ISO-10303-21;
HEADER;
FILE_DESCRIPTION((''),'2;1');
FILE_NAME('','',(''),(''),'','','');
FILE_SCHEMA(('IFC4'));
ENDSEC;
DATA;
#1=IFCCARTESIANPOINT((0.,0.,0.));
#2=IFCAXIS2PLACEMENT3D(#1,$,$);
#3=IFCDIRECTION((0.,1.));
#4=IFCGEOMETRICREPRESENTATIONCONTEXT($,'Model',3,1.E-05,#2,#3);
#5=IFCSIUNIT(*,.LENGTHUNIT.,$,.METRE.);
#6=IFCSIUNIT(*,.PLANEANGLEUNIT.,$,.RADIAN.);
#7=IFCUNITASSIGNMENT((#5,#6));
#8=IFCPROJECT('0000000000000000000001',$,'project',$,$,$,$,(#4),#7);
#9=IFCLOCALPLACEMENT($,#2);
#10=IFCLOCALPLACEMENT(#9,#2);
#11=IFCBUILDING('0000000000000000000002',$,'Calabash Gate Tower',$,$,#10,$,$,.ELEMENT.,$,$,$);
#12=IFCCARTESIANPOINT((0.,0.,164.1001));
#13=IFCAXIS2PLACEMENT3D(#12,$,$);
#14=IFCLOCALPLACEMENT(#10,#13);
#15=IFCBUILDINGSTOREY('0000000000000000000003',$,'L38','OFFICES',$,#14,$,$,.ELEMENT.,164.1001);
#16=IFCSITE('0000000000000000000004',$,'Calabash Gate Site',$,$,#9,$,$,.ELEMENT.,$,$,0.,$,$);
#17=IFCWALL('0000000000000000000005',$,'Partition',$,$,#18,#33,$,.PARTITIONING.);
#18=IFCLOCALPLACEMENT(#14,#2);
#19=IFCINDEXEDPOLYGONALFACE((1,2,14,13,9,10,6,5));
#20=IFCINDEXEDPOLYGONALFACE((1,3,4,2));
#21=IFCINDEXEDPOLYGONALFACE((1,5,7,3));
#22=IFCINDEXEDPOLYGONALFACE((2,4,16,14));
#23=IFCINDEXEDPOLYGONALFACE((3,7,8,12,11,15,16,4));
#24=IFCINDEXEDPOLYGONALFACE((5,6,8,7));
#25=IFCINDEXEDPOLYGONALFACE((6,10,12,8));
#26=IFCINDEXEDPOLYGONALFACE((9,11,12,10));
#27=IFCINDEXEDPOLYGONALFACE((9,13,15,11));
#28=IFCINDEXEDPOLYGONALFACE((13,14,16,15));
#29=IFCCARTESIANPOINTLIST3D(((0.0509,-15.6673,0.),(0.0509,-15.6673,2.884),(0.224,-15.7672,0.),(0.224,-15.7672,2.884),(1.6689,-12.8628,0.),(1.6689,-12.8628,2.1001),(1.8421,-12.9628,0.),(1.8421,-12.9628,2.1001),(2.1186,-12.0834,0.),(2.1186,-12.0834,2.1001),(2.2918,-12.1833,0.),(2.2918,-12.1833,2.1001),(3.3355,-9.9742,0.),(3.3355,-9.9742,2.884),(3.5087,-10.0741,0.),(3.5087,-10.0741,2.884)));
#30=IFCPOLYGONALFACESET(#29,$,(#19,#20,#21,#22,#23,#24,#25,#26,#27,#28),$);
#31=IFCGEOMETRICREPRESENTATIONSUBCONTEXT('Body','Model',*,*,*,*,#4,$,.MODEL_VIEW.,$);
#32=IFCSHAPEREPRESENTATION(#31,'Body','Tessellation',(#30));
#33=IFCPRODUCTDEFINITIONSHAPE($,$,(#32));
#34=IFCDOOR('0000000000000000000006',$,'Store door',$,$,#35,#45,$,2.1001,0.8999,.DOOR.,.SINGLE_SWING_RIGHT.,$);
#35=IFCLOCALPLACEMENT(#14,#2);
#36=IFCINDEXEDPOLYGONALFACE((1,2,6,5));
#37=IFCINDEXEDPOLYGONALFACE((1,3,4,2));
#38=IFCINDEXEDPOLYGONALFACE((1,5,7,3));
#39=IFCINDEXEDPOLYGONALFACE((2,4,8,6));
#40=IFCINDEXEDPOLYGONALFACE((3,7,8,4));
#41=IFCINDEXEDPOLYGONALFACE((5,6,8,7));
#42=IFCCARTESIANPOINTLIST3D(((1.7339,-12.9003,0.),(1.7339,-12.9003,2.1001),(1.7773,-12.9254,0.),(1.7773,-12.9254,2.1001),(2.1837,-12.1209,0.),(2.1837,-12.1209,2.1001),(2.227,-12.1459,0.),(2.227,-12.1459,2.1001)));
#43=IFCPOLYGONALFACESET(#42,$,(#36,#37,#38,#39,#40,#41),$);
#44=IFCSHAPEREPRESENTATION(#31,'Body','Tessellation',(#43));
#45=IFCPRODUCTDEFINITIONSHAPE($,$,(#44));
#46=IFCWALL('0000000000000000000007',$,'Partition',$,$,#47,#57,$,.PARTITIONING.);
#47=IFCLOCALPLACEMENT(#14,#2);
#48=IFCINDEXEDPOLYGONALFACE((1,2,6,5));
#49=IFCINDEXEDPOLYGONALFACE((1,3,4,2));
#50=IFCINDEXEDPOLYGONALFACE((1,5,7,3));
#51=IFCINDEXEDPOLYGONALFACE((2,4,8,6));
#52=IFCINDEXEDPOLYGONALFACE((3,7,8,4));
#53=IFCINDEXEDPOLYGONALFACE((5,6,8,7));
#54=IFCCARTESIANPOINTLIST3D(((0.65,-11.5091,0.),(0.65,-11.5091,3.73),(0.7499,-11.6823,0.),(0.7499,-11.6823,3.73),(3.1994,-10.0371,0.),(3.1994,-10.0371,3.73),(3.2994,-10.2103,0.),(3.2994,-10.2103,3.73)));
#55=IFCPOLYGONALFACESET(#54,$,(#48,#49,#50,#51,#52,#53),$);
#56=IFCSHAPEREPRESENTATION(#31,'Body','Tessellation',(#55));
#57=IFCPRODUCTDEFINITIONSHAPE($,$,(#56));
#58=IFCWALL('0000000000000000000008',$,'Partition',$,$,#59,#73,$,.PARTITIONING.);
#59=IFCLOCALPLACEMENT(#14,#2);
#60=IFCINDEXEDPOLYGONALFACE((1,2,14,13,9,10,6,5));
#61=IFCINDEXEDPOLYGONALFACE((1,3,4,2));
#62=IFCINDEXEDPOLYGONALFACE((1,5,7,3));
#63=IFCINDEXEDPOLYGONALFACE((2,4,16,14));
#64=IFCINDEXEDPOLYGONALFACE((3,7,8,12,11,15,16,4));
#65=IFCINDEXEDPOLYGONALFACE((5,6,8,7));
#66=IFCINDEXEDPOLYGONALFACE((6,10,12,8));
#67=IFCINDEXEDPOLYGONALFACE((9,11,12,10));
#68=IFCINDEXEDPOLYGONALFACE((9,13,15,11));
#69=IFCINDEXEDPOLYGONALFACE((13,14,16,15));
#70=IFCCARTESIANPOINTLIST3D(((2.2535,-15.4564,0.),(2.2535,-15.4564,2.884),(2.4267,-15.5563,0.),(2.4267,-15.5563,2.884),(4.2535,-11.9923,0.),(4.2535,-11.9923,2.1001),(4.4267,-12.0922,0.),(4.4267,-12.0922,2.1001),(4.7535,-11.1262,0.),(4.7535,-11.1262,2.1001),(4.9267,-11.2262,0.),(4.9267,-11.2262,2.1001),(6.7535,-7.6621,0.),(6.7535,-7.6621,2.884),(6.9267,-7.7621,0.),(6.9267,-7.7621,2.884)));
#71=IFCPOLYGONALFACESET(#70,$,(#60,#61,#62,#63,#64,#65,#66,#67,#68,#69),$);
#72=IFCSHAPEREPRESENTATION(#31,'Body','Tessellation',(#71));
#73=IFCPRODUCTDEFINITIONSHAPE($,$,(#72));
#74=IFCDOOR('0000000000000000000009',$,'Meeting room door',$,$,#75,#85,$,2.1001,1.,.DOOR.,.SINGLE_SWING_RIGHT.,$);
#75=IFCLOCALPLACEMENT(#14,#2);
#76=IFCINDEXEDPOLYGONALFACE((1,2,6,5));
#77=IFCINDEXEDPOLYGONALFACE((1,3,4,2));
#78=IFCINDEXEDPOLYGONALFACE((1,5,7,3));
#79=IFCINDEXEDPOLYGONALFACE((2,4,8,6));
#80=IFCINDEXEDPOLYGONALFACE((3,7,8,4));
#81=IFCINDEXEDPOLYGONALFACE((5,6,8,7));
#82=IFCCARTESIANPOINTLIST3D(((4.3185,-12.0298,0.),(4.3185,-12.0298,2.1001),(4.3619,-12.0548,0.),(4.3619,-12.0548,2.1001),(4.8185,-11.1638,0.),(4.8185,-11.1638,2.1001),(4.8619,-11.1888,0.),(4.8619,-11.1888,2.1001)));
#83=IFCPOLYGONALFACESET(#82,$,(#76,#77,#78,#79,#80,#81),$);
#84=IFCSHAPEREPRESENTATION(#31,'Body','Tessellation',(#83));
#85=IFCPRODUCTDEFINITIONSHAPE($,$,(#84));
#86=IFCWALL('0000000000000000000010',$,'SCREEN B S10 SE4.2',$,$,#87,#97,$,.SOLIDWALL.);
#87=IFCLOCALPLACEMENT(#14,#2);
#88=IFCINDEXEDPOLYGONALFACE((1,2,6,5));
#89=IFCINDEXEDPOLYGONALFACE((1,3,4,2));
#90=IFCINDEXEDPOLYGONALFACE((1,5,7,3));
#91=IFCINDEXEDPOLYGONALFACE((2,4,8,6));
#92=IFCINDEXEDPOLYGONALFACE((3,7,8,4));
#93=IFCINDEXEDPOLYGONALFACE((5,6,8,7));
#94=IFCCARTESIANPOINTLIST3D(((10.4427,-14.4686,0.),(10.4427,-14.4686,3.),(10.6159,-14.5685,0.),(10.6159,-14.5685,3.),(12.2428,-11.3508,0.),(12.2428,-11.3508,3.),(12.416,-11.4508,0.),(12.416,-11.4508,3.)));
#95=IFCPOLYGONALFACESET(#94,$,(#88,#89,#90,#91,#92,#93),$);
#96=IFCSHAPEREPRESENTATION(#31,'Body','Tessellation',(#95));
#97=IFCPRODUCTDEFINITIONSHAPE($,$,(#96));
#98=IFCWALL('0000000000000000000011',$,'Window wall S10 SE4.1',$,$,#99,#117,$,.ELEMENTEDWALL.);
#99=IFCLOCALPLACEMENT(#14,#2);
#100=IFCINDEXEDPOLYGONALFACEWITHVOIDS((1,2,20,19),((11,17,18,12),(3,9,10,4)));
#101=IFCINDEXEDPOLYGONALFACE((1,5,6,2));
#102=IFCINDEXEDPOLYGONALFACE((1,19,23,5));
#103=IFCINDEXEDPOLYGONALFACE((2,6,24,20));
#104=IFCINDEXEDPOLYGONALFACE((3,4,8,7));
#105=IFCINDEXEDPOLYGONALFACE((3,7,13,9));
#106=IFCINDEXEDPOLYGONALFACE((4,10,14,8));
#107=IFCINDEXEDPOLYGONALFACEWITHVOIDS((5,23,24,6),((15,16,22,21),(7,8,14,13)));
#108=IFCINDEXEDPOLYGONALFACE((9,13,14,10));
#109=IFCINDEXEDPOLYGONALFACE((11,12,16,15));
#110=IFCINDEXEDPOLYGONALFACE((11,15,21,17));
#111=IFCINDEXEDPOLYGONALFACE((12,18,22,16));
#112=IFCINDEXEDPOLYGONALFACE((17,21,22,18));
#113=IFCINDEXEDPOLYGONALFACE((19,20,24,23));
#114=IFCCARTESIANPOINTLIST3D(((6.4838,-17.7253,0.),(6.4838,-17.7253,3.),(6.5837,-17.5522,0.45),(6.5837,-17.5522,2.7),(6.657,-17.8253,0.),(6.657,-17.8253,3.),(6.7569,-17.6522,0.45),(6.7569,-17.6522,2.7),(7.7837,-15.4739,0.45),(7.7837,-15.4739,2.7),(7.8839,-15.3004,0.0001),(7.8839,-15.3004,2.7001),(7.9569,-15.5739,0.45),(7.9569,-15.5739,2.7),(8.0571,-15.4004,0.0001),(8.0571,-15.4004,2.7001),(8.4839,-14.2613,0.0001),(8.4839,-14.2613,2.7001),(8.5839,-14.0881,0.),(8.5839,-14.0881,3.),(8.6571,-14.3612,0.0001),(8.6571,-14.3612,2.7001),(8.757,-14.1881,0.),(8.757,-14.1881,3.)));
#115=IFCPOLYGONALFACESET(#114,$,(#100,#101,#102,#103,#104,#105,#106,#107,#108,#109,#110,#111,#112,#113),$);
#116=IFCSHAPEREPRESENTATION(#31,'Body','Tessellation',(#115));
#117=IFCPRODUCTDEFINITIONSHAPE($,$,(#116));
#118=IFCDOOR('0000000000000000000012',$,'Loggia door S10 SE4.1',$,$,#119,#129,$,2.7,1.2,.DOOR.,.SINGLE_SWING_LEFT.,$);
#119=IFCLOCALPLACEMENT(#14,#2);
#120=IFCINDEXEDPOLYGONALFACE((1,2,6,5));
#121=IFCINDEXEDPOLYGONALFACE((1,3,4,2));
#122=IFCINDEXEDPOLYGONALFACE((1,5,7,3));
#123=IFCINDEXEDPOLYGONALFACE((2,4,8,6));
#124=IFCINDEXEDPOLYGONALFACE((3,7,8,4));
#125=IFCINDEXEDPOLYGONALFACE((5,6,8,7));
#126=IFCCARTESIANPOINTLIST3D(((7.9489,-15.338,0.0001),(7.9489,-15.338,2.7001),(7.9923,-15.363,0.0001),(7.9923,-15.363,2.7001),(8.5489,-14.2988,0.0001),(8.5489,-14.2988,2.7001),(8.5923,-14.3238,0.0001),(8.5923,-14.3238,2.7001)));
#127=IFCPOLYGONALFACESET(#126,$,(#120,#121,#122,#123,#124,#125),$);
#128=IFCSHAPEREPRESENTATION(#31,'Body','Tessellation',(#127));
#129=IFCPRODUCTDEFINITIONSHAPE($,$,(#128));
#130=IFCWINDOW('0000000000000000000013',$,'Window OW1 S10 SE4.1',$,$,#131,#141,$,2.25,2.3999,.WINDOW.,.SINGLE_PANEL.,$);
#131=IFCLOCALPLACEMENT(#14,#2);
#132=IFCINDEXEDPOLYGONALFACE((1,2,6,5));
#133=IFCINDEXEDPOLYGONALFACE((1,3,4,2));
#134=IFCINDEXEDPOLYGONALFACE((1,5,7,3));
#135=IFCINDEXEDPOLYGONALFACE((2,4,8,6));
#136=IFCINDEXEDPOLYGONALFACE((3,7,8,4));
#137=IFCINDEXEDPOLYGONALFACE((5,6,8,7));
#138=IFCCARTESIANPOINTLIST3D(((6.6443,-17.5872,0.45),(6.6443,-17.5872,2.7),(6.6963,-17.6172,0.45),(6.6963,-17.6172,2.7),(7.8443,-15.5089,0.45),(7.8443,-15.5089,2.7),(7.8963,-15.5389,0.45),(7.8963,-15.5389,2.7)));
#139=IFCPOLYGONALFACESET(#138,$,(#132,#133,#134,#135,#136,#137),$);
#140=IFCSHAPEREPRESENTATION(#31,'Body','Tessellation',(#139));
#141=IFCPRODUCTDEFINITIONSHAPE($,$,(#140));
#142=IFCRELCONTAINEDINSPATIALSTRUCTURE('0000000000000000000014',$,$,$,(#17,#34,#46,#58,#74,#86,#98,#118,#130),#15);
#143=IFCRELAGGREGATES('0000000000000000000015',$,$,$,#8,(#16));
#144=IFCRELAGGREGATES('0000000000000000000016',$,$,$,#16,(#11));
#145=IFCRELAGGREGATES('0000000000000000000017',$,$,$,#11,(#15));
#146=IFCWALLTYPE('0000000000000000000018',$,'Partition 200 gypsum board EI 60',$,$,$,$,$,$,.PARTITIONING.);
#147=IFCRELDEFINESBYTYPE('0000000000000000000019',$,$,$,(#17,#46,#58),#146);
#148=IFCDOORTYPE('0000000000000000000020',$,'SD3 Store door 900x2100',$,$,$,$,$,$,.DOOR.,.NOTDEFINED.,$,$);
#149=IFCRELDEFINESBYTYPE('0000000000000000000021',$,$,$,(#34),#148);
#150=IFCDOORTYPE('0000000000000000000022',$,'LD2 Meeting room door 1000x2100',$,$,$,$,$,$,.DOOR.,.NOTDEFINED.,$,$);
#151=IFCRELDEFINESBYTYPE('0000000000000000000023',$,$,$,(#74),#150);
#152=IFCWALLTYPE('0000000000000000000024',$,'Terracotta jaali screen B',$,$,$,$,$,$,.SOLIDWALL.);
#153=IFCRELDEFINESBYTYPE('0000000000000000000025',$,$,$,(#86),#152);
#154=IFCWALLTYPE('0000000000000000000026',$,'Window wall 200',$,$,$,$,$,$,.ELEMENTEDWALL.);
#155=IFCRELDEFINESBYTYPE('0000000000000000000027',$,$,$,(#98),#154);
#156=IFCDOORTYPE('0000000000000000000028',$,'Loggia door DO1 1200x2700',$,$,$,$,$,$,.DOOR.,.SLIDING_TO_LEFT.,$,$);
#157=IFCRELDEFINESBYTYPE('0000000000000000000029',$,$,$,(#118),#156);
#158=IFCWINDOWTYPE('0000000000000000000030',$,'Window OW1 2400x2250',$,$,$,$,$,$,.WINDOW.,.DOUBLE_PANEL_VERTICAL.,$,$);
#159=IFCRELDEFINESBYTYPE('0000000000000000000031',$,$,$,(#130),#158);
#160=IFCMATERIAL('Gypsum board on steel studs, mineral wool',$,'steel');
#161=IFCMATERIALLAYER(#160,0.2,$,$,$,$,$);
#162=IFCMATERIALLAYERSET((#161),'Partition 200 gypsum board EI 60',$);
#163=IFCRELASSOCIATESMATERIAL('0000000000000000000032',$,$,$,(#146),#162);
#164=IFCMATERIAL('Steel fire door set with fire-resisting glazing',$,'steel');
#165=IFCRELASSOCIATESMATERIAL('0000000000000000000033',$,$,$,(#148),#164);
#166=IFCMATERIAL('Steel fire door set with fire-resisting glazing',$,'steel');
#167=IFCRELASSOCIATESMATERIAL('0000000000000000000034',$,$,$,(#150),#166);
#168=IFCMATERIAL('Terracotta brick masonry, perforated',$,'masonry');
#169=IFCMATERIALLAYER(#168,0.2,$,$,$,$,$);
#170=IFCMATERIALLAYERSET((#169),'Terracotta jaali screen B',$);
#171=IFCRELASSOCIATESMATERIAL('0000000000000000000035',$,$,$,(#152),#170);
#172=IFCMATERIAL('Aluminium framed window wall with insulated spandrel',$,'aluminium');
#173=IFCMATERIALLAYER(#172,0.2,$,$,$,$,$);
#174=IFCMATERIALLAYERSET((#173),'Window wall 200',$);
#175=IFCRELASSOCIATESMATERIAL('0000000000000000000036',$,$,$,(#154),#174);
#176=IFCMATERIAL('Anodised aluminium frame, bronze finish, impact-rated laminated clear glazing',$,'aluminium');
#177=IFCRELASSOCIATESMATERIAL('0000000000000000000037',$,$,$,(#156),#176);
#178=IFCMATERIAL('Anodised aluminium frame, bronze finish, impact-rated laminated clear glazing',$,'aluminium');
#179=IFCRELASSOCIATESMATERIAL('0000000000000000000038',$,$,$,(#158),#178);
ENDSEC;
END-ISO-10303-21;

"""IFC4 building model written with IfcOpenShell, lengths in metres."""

from ifc_helpers import new_model, si_unit, direction, frame, frame_2d, origin, place, context, subcontext, project, spatial, rectangle, extrude, material, layer, layer_set, type_object, element, fill, save


model = new_model("IFC4")

# Units and contexts
model_context = context("Model", 3, precision=1e-05, world=origin(), true_north=direction((0.0, 1.0)))
body_context = subcontext(model_context, "Body", "Model", "MODEL_VIEW")
ifc_project = project(units=[si_unit("LENGTHUNIT", "METRE"), si_unit("PLANEANGLEUNIT", "RADIAN")], contexts=[model_context])

# Site, building, storey
site_placement = place(None, origin())
site = spatial("IfcSite", under=ifc_project, at=site_placement, Name="Calabash Gate Site", CompositionType="ELEMENT", RefElevation=0.0)
building_placement = place(site_placement, origin())
building = spatial("IfcBuilding", under=site, at=building_placement, Name="Calabash Gate Tower", CompositionType="ELEMENT")
storey_placement = place(building_placement, frame((0.0, 0.0, 164.1001)))
storey = spatial("IfcBuildingStorey", under=building, at=storey_placement, Name="L38", Description="OFFICES", CompositionType="ELEMENT", Elevation=164.1001)

# Shared definitions
ifc_material_1 = material(Name="Gypsum board on steel studs, mineral wool", Category="steel")
ifc_layer_1 = layer(ifc_material_1, 0.2)
ifc_layer_set_1 = layer_set([ifc_layer_1], Name="Partition 200 gypsum board EI 60")
wall_type_1 = type_object("IfcWallType", Name="Partition 200 gypsum board EI 60", PredefinedType="PARTITIONING", material=ifc_layer_set_1)

# Wall, opening, door
wall_1_placement = place(storey_placement, frame((0.1375, -15.7173, 0.0), z_axis=(0.0, 0.0, 1.0), x_axis=(0.499743, 0.866174, 0.0)))
wall_1 = element("IfcWall", 1, at=wall_1_placement, inside=storey, type_object=wall_type_1, Name="Partition", PredefinedType="PARTITIONING", context=body_context, shape_type="SweptSolid", body=[
    extrude(rectangle(XDim=6.5728, YDim=0.2, at=frame_2d((3.2864, 0.0))), origin(), (0.0, 0.0, 1.0), 2.884),
])
opening_1_placement = place(wall_1_placement, frame((3.2378, 0.0, 0.0)))
opening_1 = element("IfcOpeningElement", 2, at=opening_1_placement, cuts=wall_1, PredefinedType="OPENING", context=body_context, shape_type="SweptSolid", body=[
    extrude(rectangle(XDim=0.8999, YDim=2.1001, at=frame_2d((0.45, 1.05))), frame((0.0, 0.1099, 0.0), z_axis=(0.0, -1.0, 0.0), x_axis=(1.0, 0.0, 0.0)), (0.0, 0.0, 1.0), 0.22),
])
ifc_material_2 = material(Name="Steel fire door set with fire-resisting glazing", Category="steel")
door_type_1 = type_object("IfcDoorType", Name="SD3 Store door 900x2100", OperationType="NOTDEFINED", PredefinedType="DOOR", material=ifc_material_2)
door_1_placement = place(opening_1_placement, origin())
door_1 = element("IfcDoor", 3, at=door_1_placement, inside=storey, type_object=door_type_1, Name="Store door", OperationType="SINGLE_SWING_RIGHT", OverallHeight=2.1001, OverallWidth=0.8999, PredefinedType="DOOR", context=body_context, shape_type="SweptSolid", body=[
    extrude(rectangle(XDim=0.8999, YDim=2.1001, at=frame_2d((0.45, 1.05))), frame((0.0, 0.0249, 0.0), z_axis=(0.0, -1.0, 0.0), x_axis=(1.0, 0.0, 0.0)), (0.0, 0.0, 1.0), 0.05),
])
fill(opening_1, door_1)

# Wall
wall_2_placement = place(storey_placement, frame((0.7, -11.5957, 0.0), z_axis=(0.0, 0.0, 1.0), x_axis=(0.866014, 0.500019, 0.0)))
element("IfcWall", 4, at=wall_2_placement, inside=storey, type_object=wall_type_1, Name="Partition", PredefinedType="PARTITIONING", context=body_context, shape_type="SweptSolid", body=[
    extrude(rectangle(XDim=2.9438, YDim=0.2, at=frame_2d((1.4719, 0.0))), origin(), (0.0, 0.0, 1.0), 3.73),
])

# Wall, opening, door
wall_3_placement = place(storey_placement, frame((2.3401, -15.5063, 0.0), z_axis=(0.0, 0.0, 1.0), x_axis=(0.500002, 0.866024, 0.0)))
wall_3 = element("IfcWall", 5, at=wall_3_placement, inside=storey, type_object=wall_type_1, Name="Partition", PredefinedType="PARTITIONING", context=body_context, shape_type="SweptSolid", body=[
    extrude(rectangle(XDim=9.0, YDim=0.2, at=frame_2d((4.5, 0.0))), origin(), (0.0, 0.0, 1.0), 2.884),
])
opening_2_placement = place(wall_3_placement, frame((4.0, 0.0, 0.0)))
opening_2 = element("IfcOpeningElement", 6, at=opening_2_placement, cuts=wall_3, PredefinedType="OPENING", context=body_context, shape_type="SweptSolid", body=[
    extrude(rectangle(XDim=1.0, YDim=2.1001, at=frame_2d((0.5, 1.05))), frame((0.0, 0.1099, 0.0), z_axis=(0.0, -1.0, 0.0), x_axis=(1.0, 0.0, 0.0)), (0.0, 0.0, 1.0), 0.22),
])
ifc_material_3 = material(Name="Steel fire door set with fire-resisting glazing", Category="steel")
door_type_2 = type_object("IfcDoorType", Name="LD2 Meeting room door 1000x2100", OperationType="NOTDEFINED", PredefinedType="DOOR", material=ifc_material_3)
door_2_placement = place(opening_2_placement, origin())
door_2 = element("IfcDoor", 7, at=door_2_placement, inside=storey, type_object=door_type_2, Name="Meeting room door", OperationType="SINGLE_SWING_RIGHT", OverallHeight=2.1001, OverallWidth=1.0, PredefinedType="DOOR", context=body_context, shape_type="SweptSolid", body=[
    extrude(rectangle(XDim=1.0, YDim=2.1001, at=frame_2d((0.5, 1.05))), frame((0.0, 0.0249, 0.0), z_axis=(0.0, -1.0, 0.0), x_axis=(1.0, 0.0, 0.0)), (0.0, 0.0, 1.0), 0.05),
])
fill(opening_2, door_2)

# Wall
ifc_material_4 = material(Name="Terracotta brick masonry, perforated", Category="masonry")
ifc_layer_2 = layer(ifc_material_4, 0.2)
ifc_layer_set_2 = layer_set([ifc_layer_2], Name="Terracotta jaali screen B")
wall_type_2 = type_object("IfcWallType", Name="Terracotta jaali screen B", PredefinedType="SOLIDWALL", material=ifc_layer_set_2)
wall_4_placement = place(storey_placement, frame((10.5293, -14.5186, 0.0), z_axis=(0.0, 0.0, 1.0), x_axis=(0.500012, 0.866018, 0.0)))
element("IfcWall", 8, at=wall_4_placement, inside=storey, type_object=wall_type_2, Name="SCREEN B S10 SE4.2", PredefinedType="SOLIDWALL", context=body_context, shape_type="SweptSolid", body=[
    extrude(rectangle(XDim=3.6001, YDim=0.2, at=frame_2d((1.8, 0.0))), origin(), (0.0, 0.0, 1.0), 3.0),
])

# Wall, openings, door, window
ifc_material_5 = material(Name="Aluminium framed window wall with insulated spandrel", Category="aluminium")
ifc_layer_3 = layer(ifc_material_5, 0.2)
ifc_layer_set_3 = layer_set([ifc_layer_3], Name="Window wall 200")
wall_type_3 = type_object("IfcWallType", Name="Window wall 200", PredefinedType="ELEMENTEDWALL", material=ifc_layer_set_3)
wall_5_placement = place(storey_placement, frame((6.5703, -17.7754, 0.0), z_axis=(0.0, 0.0, 1.0), x_axis=(0.500028, 0.866009, 0.0)))
wall_5 = element("IfcWall", 9, at=wall_5_placement, inside=storey, type_object=wall_type_3, Name="Window wall S10 SE4.1", PredefinedType="ELEMENTEDWALL", context=body_context, shape_type="SweptSolid", body=[
    extrude(rectangle(XDim=4.2, YDim=0.2, at=frame_2d((2.1001, 0.0))), origin(), (0.0, 0.0, 1.0), 3.0),
])
opening_3_placement = place(wall_5_placement, frame((0.2, 0.0, 0.45)))
opening_3 = element("IfcOpeningElement", 10, at=opening_3_placement, cuts=wall_5, PredefinedType="OPENING", context=body_context, shape_type="SweptSolid", body=[
    extrude(rectangle(XDim=2.3999, YDim=2.25, at=frame_2d((1.2, 1.125))), frame((0.0, 0.1099, 0.0), z_axis=(0.0, -1.0, 0.0), x_axis=(1.0, 0.0, 0.0)), (0.0, 0.0, 1.0), 0.22),
])
opening_4_placement = place(wall_5_placement, frame((2.8, 0.0, 0.0)))
opening_4 = element("IfcOpeningElement", 11, at=opening_4_placement, cuts=wall_5, PredefinedType="OPENING", context=body_context, shape_type="SweptSolid", body=[
    extrude(rectangle(XDim=1.2, YDim=2.7, at=frame_2d((0.6001, 1.3501))), frame((0.0, 0.1099, 0.0), z_axis=(0.0, -1.0, 0.0), x_axis=(1.0, 0.0, 0.0)), (0.0, 0.0, 1.0), 0.22),
])
ifc_material_6 = material(Name="Anodised aluminium frame, bronze finish, impact-rated laminated clear glazing", Category="aluminium")
door_type_3 = type_object("IfcDoorType", Name="Loggia door DO1 1200x2700", OperationType="SLIDING_TO_LEFT", PredefinedType="DOOR", material=ifc_material_6)
door_3_placement = place(opening_4_placement, origin())
door_3 = element("IfcDoor", 12, at=door_3_placement, inside=storey, type_object=door_type_3, Name="Loggia door S10 SE4.1", OperationType="SINGLE_SWING_LEFT", OverallHeight=2.7, OverallWidth=1.2, PredefinedType="DOOR", context=body_context, shape_type="SweptSolid", body=[
    extrude(rectangle(XDim=1.2, YDim=2.7, at=frame_2d((0.6001, 1.3501))), frame((0.0, 0.0249, 0.0), z_axis=(0.0, -1.0, 0.0), x_axis=(1.0, 0.0, 0.0)), (0.0, 0.0, 1.0), 0.05),
])
fill(opening_4, door_3)
ifc_material_7 = material(Name="Anodised aluminium frame, bronze finish, impact-rated laminated clear glazing", Category="aluminium")
window_type_1 = type_object("IfcWindowType", Name="Window OW1 2400x2250", PartitioningType="DOUBLE_PANEL_VERTICAL", PredefinedType="WINDOW", material=ifc_material_7)
window_1_placement = place(opening_3_placement, origin())
window_1 = element("IfcWindow", 13, at=window_1_placement, inside=storey, type_object=window_type_1, Name="Window OW1 S10 SE4.1", OverallHeight=2.25, OverallWidth=2.3999, PartitioningType="SINGLE_PANEL", PredefinedType="WINDOW", context=body_context, shape_type="SweptSolid", body=[
    extrude(rectangle(XDim=2.3999, YDim=2.25, at=frame_2d((1.2, 1.125))), frame((0.0, 0.03, 0.0), z_axis=(0.0, -1.0, 0.0), x_axis=(1.0, 0.0, 0.0)), (0.0, 0.0, 1.0), 0.0601),
])
fill(opening_3, window_1)

save(model, "model.ifc")
